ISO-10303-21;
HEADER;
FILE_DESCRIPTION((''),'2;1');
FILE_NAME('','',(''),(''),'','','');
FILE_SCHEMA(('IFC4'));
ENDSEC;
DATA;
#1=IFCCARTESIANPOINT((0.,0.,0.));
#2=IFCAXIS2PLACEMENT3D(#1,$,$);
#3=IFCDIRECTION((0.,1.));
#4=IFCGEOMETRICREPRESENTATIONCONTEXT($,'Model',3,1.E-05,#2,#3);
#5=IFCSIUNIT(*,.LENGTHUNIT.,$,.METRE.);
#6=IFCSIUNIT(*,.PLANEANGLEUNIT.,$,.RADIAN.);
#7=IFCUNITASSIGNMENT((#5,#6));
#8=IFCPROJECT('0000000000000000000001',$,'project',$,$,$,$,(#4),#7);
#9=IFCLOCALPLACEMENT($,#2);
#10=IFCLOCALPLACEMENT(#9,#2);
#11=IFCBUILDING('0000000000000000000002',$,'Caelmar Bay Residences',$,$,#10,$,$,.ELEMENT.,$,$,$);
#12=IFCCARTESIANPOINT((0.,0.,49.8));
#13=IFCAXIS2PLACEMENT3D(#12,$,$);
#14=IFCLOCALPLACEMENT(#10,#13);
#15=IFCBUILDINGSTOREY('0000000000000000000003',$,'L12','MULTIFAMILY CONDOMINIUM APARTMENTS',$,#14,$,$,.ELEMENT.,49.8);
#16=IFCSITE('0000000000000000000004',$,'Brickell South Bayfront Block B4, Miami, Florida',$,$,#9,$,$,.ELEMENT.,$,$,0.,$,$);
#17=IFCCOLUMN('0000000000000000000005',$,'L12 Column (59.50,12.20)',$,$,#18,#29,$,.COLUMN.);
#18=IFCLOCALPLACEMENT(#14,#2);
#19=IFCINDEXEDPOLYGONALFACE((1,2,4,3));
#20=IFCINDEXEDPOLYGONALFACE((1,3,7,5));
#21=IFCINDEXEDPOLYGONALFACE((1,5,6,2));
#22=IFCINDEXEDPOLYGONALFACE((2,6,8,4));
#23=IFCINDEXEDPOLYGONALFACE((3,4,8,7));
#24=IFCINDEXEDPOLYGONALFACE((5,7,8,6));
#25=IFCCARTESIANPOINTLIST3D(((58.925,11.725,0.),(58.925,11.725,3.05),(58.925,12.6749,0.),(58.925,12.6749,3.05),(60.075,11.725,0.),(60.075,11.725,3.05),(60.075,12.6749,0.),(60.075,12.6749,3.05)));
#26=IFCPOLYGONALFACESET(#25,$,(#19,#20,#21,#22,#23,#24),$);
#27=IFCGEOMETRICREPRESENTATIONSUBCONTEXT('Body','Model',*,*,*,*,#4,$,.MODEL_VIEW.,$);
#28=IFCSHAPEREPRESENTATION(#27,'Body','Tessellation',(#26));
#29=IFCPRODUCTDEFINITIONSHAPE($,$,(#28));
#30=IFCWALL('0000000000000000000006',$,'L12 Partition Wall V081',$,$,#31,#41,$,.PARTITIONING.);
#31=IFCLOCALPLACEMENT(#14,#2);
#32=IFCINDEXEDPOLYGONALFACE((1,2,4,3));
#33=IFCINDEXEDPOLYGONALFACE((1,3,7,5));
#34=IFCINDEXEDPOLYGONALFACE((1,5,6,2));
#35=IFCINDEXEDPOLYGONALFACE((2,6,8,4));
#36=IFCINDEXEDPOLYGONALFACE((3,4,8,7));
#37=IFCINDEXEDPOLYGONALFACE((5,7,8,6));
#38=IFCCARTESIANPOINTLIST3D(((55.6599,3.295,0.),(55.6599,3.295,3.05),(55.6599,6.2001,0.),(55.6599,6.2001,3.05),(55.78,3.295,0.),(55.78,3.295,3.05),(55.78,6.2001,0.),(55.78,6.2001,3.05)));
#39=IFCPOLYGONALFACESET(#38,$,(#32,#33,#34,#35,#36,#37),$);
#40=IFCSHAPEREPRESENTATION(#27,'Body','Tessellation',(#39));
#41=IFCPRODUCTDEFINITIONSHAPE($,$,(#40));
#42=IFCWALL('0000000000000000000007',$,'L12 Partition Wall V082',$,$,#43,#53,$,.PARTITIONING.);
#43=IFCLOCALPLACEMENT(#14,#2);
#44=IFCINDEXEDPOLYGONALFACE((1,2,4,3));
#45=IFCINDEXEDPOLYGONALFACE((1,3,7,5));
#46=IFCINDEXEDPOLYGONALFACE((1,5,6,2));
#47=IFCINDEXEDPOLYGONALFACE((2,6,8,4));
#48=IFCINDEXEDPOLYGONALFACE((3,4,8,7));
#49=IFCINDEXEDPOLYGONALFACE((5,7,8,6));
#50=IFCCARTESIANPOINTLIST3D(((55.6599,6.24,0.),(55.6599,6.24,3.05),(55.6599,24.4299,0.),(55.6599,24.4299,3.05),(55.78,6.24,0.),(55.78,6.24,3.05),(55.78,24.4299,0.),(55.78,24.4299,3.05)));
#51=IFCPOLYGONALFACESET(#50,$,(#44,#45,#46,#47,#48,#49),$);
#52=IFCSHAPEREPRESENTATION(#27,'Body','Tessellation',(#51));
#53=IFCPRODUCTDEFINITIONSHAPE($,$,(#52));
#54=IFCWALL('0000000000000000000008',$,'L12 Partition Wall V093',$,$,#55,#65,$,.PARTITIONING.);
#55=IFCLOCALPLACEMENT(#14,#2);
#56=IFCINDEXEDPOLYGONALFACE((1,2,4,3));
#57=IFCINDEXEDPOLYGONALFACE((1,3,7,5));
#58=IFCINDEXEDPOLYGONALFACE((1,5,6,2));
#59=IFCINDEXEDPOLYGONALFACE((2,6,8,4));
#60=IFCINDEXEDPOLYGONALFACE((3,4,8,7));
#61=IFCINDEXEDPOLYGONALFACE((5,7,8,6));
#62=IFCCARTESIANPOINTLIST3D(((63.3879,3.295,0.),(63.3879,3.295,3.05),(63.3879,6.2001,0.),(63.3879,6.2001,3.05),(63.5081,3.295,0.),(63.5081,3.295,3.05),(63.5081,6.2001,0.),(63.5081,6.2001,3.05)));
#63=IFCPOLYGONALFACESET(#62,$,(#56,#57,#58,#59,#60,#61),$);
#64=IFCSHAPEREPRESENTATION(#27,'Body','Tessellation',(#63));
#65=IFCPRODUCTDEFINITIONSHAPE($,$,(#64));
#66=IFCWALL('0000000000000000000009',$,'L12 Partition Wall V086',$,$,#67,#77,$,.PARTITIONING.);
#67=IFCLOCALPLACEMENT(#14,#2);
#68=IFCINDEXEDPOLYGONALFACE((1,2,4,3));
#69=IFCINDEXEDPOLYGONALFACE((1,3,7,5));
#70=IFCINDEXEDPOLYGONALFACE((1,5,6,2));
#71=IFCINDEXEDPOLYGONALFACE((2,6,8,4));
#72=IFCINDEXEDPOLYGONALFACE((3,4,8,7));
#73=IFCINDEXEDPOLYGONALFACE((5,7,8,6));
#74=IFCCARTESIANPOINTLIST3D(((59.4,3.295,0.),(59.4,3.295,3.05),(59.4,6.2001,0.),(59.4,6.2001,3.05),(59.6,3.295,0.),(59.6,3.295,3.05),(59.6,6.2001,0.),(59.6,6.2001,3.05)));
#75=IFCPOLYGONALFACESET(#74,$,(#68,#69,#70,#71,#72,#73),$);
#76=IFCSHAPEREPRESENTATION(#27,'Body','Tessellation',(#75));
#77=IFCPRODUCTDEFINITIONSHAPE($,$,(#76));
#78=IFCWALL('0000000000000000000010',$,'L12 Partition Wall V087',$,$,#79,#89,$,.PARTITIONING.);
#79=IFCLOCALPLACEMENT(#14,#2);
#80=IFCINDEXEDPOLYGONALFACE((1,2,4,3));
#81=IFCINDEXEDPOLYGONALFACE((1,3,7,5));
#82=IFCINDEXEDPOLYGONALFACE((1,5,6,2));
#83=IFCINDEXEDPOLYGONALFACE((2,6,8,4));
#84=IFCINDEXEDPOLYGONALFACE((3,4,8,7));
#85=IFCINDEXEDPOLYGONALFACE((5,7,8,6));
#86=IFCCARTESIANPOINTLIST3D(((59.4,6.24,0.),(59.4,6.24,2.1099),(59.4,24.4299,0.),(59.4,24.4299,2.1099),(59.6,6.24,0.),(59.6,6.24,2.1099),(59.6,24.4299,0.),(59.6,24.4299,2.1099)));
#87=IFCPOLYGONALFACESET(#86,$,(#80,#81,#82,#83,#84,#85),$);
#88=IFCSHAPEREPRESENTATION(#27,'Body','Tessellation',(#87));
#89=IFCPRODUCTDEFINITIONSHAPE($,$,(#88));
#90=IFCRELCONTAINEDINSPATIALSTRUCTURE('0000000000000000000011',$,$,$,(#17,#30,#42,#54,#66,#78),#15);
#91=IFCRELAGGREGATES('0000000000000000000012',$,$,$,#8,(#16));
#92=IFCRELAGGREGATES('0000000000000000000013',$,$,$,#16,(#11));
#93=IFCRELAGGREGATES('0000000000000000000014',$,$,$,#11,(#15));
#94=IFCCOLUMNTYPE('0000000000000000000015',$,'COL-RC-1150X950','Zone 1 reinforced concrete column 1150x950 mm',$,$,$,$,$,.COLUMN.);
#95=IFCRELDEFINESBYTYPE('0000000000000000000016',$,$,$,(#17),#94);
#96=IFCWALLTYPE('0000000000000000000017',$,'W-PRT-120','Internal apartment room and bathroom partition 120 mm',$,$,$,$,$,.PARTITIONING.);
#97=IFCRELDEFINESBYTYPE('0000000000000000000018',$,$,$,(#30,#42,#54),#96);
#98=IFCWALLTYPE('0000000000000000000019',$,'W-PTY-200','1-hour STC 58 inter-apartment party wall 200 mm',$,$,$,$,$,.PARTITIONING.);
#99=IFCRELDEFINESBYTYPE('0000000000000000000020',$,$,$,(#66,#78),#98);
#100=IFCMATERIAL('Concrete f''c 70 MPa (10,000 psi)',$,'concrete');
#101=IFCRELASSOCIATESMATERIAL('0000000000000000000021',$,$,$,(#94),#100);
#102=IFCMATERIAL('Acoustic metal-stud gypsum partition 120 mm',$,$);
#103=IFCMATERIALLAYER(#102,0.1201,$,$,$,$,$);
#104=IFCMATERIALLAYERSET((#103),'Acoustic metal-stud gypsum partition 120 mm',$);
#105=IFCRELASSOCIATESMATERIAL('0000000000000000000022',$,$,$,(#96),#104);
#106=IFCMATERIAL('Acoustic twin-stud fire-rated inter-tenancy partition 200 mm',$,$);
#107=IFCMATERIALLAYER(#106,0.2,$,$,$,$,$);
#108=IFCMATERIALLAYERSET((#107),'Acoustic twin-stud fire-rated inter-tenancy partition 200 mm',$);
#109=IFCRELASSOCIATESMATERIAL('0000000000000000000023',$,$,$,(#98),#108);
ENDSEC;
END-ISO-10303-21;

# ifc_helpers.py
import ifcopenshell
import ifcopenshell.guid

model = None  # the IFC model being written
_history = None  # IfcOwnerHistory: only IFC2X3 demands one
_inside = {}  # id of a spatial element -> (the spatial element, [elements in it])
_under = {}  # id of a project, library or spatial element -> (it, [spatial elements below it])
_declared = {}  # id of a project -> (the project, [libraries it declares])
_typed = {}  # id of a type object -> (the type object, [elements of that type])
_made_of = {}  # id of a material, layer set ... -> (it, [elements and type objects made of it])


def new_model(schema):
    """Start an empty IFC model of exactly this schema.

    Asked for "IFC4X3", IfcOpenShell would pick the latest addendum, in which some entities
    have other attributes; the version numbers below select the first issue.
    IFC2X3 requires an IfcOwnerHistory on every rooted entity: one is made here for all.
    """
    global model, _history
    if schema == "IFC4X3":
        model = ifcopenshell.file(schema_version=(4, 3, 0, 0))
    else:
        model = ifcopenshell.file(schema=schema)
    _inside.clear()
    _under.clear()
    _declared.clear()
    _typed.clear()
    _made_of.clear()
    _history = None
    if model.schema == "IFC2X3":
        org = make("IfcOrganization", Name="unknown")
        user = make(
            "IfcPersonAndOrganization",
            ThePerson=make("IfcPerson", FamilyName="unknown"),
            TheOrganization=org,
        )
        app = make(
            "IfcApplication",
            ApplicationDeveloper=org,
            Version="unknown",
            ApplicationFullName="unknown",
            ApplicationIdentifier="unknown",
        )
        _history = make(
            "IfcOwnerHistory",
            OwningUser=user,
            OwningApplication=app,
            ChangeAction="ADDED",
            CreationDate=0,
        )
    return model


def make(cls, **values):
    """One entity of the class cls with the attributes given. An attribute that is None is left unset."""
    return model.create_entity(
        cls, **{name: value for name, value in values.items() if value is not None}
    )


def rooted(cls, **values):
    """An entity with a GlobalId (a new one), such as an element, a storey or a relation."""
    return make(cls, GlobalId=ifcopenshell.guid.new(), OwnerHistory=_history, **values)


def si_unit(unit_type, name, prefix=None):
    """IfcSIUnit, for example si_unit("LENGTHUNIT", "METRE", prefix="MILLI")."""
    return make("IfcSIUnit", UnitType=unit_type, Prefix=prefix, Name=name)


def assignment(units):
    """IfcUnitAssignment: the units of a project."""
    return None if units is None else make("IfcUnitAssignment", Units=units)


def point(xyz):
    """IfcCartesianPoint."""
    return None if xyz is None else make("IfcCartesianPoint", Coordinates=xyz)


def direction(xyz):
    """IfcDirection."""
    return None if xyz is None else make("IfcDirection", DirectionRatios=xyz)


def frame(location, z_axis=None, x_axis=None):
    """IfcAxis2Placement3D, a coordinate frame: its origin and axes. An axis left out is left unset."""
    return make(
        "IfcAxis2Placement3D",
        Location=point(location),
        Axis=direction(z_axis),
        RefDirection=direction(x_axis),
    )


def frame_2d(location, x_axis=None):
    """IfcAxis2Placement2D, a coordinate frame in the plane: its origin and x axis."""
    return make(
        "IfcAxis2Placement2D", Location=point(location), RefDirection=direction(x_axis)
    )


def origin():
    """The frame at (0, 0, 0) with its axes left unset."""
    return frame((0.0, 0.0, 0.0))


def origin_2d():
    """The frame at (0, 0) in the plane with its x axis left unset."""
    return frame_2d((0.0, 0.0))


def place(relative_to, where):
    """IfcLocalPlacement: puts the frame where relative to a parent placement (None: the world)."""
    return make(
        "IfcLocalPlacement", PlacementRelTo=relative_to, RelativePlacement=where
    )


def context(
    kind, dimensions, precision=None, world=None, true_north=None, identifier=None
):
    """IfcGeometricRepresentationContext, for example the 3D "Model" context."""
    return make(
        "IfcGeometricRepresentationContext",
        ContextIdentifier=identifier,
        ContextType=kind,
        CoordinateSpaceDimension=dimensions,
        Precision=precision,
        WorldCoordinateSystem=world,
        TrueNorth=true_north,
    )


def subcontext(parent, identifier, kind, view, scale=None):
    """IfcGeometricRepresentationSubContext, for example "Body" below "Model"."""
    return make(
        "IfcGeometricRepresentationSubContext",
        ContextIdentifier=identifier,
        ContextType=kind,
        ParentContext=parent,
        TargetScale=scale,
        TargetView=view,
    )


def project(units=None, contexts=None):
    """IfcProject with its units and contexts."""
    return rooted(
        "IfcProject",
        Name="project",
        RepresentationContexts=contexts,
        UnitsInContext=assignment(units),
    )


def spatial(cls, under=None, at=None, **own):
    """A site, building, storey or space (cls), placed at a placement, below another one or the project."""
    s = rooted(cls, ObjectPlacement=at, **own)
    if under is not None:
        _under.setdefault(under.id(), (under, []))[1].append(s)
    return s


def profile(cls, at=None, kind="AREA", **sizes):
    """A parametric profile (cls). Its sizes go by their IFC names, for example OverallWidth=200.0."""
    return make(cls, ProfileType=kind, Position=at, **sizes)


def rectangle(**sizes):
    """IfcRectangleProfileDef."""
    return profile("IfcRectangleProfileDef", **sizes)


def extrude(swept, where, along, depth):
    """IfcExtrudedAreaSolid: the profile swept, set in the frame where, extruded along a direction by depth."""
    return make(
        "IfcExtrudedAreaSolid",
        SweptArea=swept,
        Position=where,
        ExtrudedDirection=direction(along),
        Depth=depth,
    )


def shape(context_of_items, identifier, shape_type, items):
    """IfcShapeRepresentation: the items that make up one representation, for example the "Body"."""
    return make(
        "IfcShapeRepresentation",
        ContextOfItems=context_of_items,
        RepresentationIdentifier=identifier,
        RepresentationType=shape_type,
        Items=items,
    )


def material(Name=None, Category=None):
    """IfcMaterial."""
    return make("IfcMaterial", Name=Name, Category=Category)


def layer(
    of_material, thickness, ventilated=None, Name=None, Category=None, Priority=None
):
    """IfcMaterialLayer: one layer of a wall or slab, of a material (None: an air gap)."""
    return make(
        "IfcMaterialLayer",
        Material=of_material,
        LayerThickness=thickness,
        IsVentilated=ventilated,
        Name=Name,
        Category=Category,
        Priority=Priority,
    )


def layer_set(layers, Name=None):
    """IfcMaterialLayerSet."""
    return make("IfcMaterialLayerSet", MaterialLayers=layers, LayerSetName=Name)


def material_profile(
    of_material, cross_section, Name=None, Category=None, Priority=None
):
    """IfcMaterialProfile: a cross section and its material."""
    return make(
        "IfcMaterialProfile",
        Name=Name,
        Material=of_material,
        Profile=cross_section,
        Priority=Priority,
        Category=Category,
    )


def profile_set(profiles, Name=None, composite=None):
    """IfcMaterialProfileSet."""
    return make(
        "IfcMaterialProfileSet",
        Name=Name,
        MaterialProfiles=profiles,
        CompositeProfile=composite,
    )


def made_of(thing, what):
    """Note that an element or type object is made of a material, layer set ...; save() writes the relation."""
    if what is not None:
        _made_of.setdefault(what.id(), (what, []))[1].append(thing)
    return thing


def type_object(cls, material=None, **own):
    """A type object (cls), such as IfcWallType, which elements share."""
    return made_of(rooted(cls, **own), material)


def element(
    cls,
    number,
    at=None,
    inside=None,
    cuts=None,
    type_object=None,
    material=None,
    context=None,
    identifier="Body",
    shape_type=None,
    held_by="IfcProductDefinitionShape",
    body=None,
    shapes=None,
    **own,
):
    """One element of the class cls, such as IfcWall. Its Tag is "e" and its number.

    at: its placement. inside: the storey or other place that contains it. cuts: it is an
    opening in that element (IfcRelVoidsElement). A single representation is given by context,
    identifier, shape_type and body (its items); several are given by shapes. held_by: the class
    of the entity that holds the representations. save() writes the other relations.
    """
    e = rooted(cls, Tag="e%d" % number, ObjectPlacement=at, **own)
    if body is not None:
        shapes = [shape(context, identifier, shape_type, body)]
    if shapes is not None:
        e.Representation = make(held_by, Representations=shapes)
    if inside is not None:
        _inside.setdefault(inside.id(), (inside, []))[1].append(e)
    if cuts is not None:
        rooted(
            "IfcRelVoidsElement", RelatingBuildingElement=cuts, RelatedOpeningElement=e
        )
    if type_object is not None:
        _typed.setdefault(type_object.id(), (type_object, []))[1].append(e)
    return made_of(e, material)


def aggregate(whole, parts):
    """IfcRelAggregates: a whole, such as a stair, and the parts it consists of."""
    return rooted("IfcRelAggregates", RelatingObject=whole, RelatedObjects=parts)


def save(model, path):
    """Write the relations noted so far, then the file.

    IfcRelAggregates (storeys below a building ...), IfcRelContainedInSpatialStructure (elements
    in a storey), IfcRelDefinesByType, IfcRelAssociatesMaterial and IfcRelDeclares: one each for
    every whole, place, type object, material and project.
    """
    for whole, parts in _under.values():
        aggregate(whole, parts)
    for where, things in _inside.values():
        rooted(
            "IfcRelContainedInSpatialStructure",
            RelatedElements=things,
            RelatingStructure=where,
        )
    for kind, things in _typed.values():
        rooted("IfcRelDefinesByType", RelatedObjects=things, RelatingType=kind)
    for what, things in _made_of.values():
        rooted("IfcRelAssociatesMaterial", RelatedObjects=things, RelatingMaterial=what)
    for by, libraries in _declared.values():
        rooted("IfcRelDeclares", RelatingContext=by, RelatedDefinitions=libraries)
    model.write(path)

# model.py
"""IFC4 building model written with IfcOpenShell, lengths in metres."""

from ifc_helpers import new_model, si_unit, direction, frame, frame_2d, origin, origin_2d, place, context, subcontext, project, spatial, rectangle, extrude, material, layer, layer_set, material_profile, profile_set, type_object, element, save


model = new_model("IFC4")

# Units and contexts
model_context = context("Model", 3, precision=1e-05, world=origin(), true_north=direction((0.0, 1.0)))
body_context = subcontext(model_context, "Body", "Model", "MODEL_VIEW")
ifc_project = project(units=[si_unit("LENGTHUNIT", "METRE"), si_unit("PLANEANGLEUNIT", "RADIAN")], contexts=[model_context])

# Site, building, storey
site_placement = place(None, origin())
site = spatial("IfcSite", under=ifc_project, at=site_placement, Name="Brickell South Bayfront Block B4, Miami, Florida", CompositionType="ELEMENT", RefElevation=0.0)
building_placement = place(site_placement, origin())
building = spatial("IfcBuilding", under=site, at=building_placement, Name="Caelmar Bay Residences", CompositionType="ELEMENT")
storey_placement = place(building_placement, frame((0.0, 0.0, 49.8)))
storey = spatial("IfcBuildingStorey", under=building, at=storey_placement, Name="L12", Description="MULTIFAMILY CONDOMINIUM APARTMENTS", CompositionType="ELEMENT", Elevation=49.8)

# Column
ifc_material_1 = material(Name="Concrete f'c 70 MPa (10,000 psi)", Category="concrete")
ifc_material_profile = material_profile(ifc_material_1, rectangle(XDim=1.1499, YDim=0.95, at=origin_2d()), Name="RC-COL-1150X950")
ifc_profile_set = profile_set([ifc_material_profile], Name="Concrete f'c 70 MPa (10,000 psi)")
column_type = type_object("IfcColumnType", Name="COL-RC-1150X950", Description="Zone 1 reinforced concrete column 1150x950 mm", PredefinedType="COLUMN", material=ifc_profile_set)
column_placement = place(storey_placement, frame((59.5, 12.2, 0.0), z_axis=(0.0, 0.0, 1.0), x_axis=(1.0, 0.0, 0.0)))
element("IfcColumn", 1, at=column_placement, inside=storey, type_object=column_type, Name="L12 Column (59.50,12.20)", PredefinedType="COLUMN", context=body_context, shape_type="SweptSolid", body=[
    extrude(rectangle(XDim=1.1499, YDim=0.95, at=origin_2d()), origin(), (0.0, 0.0, 1.0), 3.05),
])

# Walls
ifc_material_2 = material(Name="Acoustic metal-stud gypsum partition 120 mm")
ifc_layer_1 = layer(ifc_material_2, 0.1201)
ifc_layer_set_1 = layer_set([ifc_layer_1], Name="Acoustic metal-stud gypsum partition 120 mm")
wall_type_1 = type_object("IfcWallType", Name="W-PRT-120", Description="Internal apartment room and bathroom partition 120 mm", PredefinedType="PARTITIONING", material=ifc_layer_set_1)
wall_1_placement = place(storey_placement, frame((55.72, 3.2949, 0.0), z_axis=(0.0, 0.0, 1.0), x_axis=(0.0, 1.0, 0.0)))
element("IfcWall", 2, at=wall_1_placement, inside=storey, type_object=wall_type_1, Name="L12 Partition Wall V081", PredefinedType="PARTITIONING", context=body_context, shape_type="SweptSolid", body=[
    extrude(rectangle(XDim=2.905, YDim=0.1201, at=frame_2d((1.4526, 0.0))), origin(), (0.0, 0.0, 1.0), 3.05),
])
wall_2_placement = place(storey_placement, frame((55.72, 6.24, 0.0), z_axis=(0.0, 0.0, 1.0), x_axis=(0.0, 1.0, 0.0)))
element("IfcWall", 3, at=wall_2_placement, inside=storey, type_object=wall_type_1, Name="L12 Partition Wall V082", PredefinedType="PARTITIONING", context=body_context, shape_type="SweptSolid", body=[
    extrude(rectangle(XDim=18.1899, YDim=0.1201, at=frame_2d((9.095, 0.0))), origin(), (0.0, 0.0, 1.0), 3.05),
])
wall_3_placement = place(storey_placement, frame((63.448, 3.2949, 0.0), z_axis=(0.0, 0.0, 1.0), x_axis=(0.0, 1.0, 0.0)))
element("IfcWall", 4, at=wall_3_placement, inside=storey, type_object=wall_type_1, Name="L12 Partition Wall V093", PredefinedType="PARTITIONING", context=body_context, shape_type="SweptSolid", body=[
    extrude(rectangle(XDim=2.905, YDim=0.1201, at=frame_2d((1.4526, 0.0))), origin(), (0.0, 0.0, 1.0), 3.05),
])

# Walls
ifc_material_3 = material(Name="Acoustic twin-stud fire-rated inter-tenancy partition 200 mm")
ifc_layer_2 = layer(ifc_material_3, 0.2)
ifc_layer_set_2 = layer_set([ifc_layer_2], Name="Acoustic twin-stud fire-rated inter-tenancy partition 200 mm")
wall_type_2 = type_object("IfcWallType", Name="W-PTY-200", Description="1-hour STC 58 inter-apartment party wall 200 mm", PredefinedType="PARTITIONING", material=ifc_layer_set_2)
wall_4_placement = place(storey_placement, frame((59.5, 3.2949, 0.0), z_axis=(0.0, 0.0, 1.0), x_axis=(0.0, 1.0, 0.0)))
element("IfcWall", 5, at=wall_4_placement, inside=storey, type_object=wall_type_2, Name="L12 Partition Wall V086", PredefinedType="PARTITIONING", context=body_context, shape_type="SweptSolid", body=[
    extrude(rectangle(XDim=2.905, YDim=0.2, at=frame_2d((1.4526, 0.0))), origin(), (0.0, 0.0, 1.0), 3.05),
])
wall_5_placement = place(storey_placement, frame((59.5, 6.24, 0.0), z_axis=(0.0, 0.0, 1.0), x_axis=(0.0, 1.0, 0.0)))
element("IfcWall", 6, at=wall_5_placement, inside=storey, type_object=wall_type_2, Name="L12 Partition Wall V087", PredefinedType="PARTITIONING", context=body_context, shape_type="SweptSolid", body=[
    extrude(rectangle(XDim=18.1899, YDim=0.2, at=frame_2d((9.095, 0.0))), origin(), (0.0, 0.0, 1.0), 2.1099),
])

save(model, "model.ifc")
